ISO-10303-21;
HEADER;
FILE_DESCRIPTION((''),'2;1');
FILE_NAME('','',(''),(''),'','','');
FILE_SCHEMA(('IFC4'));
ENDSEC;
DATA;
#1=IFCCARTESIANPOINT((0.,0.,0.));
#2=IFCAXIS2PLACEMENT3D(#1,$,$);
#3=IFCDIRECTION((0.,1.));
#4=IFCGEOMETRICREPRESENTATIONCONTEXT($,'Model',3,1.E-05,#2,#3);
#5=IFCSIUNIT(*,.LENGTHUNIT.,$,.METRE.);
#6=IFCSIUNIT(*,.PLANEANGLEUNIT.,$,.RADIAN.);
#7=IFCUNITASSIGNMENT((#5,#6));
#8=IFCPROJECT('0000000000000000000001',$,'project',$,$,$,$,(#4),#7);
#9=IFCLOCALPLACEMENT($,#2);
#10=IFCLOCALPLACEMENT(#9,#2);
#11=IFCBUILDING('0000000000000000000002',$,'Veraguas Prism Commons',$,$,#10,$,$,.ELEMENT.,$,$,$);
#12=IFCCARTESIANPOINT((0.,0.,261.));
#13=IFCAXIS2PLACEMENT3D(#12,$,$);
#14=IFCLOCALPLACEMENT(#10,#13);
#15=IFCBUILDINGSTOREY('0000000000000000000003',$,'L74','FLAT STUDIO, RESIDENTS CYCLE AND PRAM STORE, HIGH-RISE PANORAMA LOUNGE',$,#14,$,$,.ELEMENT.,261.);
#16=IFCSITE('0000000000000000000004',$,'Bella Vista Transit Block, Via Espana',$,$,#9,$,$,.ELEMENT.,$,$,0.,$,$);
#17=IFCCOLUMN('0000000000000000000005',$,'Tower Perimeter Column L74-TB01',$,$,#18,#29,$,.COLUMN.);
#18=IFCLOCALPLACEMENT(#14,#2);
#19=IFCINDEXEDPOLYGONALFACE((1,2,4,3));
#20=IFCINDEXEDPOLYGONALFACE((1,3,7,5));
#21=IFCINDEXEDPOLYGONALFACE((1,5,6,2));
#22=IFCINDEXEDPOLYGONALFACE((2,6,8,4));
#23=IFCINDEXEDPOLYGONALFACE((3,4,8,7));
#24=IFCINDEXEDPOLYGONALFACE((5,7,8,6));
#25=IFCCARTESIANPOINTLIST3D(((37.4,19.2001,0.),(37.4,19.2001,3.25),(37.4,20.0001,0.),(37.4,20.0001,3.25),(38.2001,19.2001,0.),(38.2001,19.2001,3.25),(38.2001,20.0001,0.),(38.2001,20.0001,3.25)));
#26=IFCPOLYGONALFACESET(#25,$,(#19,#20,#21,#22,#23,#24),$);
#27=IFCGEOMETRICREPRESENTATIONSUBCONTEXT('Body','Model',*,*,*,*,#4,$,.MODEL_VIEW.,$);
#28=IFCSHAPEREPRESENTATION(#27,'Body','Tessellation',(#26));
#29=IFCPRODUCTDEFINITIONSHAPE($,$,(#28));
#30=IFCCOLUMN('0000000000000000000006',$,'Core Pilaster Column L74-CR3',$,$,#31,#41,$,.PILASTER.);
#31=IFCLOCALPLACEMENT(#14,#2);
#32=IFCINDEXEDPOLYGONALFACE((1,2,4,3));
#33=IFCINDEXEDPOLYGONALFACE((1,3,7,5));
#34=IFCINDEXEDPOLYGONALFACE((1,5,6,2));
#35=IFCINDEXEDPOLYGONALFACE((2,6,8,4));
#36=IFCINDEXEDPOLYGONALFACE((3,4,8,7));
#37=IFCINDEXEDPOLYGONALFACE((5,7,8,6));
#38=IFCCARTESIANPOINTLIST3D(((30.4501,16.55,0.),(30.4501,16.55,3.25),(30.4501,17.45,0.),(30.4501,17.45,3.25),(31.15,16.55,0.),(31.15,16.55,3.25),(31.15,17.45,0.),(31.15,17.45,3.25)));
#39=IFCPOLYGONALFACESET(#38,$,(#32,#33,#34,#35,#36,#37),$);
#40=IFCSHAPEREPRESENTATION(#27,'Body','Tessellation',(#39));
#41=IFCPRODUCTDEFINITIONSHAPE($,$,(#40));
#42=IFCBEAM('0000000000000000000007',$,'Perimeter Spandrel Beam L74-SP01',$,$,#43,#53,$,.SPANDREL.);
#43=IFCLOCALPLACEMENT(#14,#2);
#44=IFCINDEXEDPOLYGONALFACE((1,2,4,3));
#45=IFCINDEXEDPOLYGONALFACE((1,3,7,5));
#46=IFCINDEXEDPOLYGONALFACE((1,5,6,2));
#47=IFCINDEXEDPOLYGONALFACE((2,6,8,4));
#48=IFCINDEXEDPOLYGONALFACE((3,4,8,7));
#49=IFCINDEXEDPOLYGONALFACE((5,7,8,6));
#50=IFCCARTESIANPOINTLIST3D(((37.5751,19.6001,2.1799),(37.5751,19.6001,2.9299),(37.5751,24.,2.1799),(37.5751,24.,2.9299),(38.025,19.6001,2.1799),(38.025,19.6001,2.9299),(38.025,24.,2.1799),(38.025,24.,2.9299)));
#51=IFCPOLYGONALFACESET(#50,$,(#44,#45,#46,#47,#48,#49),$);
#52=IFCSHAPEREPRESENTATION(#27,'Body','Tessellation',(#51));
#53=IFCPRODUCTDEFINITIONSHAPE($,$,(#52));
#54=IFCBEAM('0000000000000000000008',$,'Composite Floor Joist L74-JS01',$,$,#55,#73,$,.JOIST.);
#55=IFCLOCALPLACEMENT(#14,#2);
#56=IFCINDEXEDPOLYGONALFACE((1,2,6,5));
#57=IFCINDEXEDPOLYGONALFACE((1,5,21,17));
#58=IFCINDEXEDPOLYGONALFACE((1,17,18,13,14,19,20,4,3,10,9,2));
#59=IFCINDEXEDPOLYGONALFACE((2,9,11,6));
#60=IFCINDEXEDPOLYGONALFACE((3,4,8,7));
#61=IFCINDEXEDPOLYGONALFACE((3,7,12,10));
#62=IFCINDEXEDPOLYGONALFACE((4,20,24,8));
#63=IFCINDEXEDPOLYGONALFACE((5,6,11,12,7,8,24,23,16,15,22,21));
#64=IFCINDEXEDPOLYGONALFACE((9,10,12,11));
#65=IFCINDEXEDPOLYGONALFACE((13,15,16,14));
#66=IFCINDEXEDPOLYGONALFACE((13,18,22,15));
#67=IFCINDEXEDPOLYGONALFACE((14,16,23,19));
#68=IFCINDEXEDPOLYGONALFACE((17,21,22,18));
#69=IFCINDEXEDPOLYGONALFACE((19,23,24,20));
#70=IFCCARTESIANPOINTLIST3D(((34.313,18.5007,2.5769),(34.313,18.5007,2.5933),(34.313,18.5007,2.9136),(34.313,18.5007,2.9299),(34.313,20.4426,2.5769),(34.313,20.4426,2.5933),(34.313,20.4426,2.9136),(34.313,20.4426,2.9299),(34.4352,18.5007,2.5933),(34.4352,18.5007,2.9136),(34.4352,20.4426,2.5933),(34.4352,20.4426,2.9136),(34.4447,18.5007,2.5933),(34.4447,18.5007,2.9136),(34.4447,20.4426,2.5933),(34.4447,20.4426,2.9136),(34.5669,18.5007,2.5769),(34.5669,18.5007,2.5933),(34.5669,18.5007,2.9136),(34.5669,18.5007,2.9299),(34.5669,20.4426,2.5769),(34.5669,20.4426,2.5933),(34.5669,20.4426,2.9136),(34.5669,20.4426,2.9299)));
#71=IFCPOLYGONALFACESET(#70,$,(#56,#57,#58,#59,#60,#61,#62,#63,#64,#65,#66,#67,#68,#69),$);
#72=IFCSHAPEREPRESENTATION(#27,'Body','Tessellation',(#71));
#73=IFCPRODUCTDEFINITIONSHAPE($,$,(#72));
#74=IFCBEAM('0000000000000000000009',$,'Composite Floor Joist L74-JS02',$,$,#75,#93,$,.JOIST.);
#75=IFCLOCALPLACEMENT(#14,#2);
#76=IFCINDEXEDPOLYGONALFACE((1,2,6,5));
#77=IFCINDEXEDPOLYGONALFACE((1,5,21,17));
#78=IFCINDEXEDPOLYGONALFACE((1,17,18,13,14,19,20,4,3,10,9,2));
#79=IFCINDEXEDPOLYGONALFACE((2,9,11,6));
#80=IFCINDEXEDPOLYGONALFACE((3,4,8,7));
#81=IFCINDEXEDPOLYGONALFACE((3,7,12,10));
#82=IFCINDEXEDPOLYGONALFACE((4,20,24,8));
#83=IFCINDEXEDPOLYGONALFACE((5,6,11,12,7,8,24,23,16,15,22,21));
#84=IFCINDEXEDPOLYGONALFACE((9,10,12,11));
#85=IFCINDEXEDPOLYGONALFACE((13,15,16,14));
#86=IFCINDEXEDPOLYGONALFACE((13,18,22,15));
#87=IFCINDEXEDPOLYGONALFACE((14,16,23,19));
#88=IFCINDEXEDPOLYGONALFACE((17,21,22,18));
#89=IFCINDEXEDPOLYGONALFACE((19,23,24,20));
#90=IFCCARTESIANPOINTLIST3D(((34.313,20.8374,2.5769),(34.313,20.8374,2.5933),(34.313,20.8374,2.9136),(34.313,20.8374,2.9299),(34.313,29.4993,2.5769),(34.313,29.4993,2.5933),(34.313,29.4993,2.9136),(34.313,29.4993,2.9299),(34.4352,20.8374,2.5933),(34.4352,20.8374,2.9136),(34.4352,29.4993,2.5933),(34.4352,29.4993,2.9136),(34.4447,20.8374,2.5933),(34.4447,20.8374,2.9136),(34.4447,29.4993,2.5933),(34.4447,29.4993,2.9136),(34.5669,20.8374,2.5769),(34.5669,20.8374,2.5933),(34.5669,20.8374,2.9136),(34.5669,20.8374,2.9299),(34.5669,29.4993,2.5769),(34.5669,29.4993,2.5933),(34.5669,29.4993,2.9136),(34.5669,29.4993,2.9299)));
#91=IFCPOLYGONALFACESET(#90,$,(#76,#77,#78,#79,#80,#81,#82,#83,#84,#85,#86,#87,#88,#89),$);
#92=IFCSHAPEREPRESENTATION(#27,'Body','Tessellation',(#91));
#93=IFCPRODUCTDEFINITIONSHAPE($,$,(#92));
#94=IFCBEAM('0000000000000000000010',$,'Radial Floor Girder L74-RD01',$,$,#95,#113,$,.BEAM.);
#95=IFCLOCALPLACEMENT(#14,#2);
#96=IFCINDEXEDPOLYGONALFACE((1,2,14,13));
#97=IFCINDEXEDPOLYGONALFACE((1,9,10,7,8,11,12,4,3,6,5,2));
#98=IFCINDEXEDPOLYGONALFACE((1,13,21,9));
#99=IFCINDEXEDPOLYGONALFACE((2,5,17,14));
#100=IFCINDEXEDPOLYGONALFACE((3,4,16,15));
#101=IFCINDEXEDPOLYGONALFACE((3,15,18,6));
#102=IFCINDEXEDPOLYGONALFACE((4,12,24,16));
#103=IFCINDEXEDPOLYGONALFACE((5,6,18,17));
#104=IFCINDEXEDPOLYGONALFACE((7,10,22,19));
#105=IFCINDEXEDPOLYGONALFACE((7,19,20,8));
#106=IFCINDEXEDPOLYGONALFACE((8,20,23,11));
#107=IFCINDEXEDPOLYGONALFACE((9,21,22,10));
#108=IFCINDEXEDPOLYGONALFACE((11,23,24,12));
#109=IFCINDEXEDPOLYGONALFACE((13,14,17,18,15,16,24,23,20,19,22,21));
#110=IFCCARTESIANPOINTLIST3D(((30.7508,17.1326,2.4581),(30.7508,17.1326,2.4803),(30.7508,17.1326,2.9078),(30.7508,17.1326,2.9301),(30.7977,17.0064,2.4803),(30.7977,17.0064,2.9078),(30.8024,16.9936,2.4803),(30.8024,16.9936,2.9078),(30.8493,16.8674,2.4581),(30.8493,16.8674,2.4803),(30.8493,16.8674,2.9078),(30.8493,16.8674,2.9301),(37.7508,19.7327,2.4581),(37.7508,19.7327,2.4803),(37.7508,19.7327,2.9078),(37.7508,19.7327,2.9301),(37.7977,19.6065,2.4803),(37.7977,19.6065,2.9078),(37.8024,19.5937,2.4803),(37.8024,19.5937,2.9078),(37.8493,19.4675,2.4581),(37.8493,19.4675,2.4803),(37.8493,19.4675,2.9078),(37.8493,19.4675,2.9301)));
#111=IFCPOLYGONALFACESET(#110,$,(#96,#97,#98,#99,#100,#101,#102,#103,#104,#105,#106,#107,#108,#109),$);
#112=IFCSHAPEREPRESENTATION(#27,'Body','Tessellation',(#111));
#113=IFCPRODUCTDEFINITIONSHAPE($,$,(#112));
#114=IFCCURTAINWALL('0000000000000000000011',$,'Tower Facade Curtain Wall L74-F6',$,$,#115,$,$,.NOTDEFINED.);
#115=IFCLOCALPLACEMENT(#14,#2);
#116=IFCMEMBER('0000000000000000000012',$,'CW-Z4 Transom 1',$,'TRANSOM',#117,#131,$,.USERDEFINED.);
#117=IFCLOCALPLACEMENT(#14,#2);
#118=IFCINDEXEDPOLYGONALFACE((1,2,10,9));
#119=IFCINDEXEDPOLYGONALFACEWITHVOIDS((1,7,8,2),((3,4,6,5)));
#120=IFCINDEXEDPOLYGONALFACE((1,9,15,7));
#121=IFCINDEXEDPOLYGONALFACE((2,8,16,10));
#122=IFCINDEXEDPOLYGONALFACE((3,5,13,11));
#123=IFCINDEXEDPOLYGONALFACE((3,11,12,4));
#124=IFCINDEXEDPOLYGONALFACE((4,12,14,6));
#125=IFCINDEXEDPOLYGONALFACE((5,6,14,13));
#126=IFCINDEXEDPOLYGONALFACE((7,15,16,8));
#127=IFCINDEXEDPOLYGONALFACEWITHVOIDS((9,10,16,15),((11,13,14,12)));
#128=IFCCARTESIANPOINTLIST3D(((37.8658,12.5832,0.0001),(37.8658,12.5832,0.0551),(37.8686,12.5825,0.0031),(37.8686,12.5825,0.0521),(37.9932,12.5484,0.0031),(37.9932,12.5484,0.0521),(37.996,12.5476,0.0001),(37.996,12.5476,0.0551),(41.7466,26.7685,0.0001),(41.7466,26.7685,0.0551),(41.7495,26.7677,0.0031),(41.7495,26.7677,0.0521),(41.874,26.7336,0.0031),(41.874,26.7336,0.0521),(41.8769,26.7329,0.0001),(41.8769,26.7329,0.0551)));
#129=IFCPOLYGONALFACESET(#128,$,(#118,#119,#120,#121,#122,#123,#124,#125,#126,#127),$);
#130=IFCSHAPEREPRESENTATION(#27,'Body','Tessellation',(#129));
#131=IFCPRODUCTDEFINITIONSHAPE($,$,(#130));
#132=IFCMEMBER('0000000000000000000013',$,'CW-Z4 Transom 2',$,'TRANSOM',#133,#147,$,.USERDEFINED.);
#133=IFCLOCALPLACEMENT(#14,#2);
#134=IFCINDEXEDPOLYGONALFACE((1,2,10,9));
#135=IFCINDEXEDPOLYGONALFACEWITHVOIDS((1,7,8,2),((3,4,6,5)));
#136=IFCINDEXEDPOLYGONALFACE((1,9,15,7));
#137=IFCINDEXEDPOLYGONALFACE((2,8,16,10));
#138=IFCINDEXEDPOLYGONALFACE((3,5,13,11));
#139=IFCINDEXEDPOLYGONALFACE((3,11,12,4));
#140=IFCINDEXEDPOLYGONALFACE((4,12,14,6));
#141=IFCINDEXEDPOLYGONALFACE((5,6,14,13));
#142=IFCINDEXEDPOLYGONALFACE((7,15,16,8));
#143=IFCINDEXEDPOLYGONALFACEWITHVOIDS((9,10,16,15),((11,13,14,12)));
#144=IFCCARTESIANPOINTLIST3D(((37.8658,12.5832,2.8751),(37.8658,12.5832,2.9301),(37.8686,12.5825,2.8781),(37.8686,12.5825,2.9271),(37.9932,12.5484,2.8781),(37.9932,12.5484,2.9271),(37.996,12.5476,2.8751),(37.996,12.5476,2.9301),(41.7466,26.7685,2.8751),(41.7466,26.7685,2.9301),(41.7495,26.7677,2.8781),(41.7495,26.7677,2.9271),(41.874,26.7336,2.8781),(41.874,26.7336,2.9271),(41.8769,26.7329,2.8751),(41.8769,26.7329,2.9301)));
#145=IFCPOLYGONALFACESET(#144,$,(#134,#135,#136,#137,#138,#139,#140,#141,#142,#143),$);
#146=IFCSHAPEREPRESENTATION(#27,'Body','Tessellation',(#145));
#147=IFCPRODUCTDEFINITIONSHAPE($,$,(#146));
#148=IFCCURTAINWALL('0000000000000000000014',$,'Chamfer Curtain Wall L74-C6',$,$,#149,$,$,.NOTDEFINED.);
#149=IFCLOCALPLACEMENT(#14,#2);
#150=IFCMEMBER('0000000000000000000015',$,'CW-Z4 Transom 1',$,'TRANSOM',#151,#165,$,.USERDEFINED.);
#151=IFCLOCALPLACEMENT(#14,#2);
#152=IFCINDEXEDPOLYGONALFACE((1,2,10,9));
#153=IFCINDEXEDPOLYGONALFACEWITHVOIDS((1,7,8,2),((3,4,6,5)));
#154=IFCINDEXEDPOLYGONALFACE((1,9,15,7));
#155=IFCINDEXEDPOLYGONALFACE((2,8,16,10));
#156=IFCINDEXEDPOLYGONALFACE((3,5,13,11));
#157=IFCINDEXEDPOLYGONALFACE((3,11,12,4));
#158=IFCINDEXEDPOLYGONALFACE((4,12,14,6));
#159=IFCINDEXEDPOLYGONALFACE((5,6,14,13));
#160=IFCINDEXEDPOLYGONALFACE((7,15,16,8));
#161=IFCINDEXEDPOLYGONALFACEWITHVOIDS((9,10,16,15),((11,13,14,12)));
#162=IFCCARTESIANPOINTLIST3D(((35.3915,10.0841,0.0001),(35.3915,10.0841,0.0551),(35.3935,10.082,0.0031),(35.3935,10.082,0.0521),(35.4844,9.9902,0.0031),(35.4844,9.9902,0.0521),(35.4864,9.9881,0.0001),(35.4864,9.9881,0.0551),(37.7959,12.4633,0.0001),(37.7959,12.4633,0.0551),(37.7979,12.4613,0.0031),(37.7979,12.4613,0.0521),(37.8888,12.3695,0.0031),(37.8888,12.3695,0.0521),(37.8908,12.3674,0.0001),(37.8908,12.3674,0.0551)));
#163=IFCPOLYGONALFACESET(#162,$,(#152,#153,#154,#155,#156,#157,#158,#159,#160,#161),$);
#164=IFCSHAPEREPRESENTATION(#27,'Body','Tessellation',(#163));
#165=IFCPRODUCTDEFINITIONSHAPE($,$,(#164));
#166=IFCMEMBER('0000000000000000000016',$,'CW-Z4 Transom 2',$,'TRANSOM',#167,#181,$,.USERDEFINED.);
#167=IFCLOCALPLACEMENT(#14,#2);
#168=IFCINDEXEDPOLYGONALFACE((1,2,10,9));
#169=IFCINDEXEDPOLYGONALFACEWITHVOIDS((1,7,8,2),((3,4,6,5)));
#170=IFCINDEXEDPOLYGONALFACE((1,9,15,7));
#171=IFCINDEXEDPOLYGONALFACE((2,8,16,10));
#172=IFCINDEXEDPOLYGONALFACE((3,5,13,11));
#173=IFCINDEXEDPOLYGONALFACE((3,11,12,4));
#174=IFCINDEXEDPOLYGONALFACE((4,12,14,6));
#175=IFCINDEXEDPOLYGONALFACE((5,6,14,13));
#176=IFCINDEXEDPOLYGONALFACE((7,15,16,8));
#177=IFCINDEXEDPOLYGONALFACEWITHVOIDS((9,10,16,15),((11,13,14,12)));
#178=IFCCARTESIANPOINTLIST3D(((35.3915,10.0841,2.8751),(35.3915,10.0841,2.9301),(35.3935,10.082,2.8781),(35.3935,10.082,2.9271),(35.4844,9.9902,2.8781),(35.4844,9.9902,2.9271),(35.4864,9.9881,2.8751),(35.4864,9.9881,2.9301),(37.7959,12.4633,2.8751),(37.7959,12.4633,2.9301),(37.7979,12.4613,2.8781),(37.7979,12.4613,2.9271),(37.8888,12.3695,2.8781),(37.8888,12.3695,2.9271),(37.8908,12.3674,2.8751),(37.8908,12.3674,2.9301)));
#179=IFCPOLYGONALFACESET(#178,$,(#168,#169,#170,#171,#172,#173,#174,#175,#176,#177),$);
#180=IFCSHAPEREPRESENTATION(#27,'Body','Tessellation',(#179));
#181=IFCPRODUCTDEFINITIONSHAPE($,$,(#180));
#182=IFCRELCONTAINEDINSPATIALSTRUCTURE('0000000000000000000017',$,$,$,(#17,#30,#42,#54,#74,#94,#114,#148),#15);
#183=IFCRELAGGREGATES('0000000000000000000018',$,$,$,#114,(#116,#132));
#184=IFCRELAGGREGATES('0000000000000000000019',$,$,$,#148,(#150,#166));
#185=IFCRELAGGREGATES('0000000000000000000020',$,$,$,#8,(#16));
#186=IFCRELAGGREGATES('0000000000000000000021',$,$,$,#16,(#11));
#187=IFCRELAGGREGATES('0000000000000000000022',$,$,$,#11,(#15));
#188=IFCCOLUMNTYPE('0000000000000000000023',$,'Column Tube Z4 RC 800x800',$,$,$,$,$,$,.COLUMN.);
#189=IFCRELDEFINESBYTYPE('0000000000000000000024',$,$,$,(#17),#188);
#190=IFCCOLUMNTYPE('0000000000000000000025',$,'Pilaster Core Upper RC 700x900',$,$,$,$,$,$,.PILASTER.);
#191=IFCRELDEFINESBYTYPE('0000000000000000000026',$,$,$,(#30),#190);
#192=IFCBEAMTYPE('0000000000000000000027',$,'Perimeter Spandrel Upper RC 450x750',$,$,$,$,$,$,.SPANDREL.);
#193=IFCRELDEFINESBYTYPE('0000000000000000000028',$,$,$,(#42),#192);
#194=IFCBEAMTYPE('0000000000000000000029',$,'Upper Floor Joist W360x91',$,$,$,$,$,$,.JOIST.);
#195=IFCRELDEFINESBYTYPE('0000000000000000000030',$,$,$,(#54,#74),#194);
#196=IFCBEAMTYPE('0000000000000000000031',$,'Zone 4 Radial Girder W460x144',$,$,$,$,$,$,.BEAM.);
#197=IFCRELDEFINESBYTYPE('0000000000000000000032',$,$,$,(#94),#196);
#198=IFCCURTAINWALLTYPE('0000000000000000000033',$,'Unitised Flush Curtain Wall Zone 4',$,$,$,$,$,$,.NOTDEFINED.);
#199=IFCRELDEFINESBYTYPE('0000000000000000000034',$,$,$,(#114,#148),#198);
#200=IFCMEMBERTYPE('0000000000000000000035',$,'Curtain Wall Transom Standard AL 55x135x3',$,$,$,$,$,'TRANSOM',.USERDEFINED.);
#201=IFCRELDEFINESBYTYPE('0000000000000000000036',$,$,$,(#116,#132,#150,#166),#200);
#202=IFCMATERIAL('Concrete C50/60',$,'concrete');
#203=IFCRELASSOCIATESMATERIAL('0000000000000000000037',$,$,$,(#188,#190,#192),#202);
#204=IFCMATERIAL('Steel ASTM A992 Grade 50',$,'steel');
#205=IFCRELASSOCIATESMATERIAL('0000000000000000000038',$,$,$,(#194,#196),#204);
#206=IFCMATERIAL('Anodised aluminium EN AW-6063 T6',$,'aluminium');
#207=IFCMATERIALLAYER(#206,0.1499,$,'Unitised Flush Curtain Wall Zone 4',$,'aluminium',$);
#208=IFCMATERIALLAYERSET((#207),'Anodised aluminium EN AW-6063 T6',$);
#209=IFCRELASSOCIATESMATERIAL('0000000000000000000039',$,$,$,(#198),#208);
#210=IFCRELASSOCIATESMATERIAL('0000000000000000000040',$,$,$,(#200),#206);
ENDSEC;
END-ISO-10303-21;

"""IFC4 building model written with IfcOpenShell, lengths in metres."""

from ifc_helpers import new_model, si_unit, direction, frame, origin, origin_2d, place, context, subcontext, project, spatial, rectangle, hollow_rectangle, i_section, extrude, source, transform, mapped, material, layer, layer_set, material_profile, profile_set, type_object, element, aggregate, save


model = new_model("IFC4")

# Units and contexts
model_context = context("Model", 3, precision=1e-05, world=origin(), true_north=direction((0.0, 1.0)))
body_context = subcontext(model_context, "Body", "Model", "MODEL_VIEW")
ifc_project = project(units=[si_unit("LENGTHUNIT", "METRE"), si_unit("PLANEANGLEUNIT", "RADIAN")], contexts=[model_context])

# Site, building, storey
site_placement = place(None, origin())
site = spatial("IfcSite", under=ifc_project, at=site_placement, Name="Bella Vista Transit Block, Via Espana", CompositionType="ELEMENT", RefElevation=0.0)
building_placement = place(site_placement, origin())
building = spatial("IfcBuilding", under=site, at=building_placement, Name="Veraguas Prism Commons", CompositionType="ELEMENT")
storey_placement = place(building_placement, frame((0.0, 0.0, 261.0)))
storey = spatial("IfcBuildingStorey", under=building, at=storey_placement, Name="L74", Description="FLAT STUDIO, RESIDENTS CYCLE AND PRAM STORE, HIGH-RISE PANORAMA LOUNGE", CompositionType="ELEMENT", Elevation=261.0)

# Columns
ifc_material_1 = material(Name="Concrete C50/60", Category="concrete")
ifc_material_profile_1 = material_profile(ifc_material_1, rectangle(XDim=0.8, YDim=0.8, at=origin_2d()), Name="RC800X800")
ifc_profile_set_1 = profile_set([ifc_material_profile_1], Name="Concrete C50/60")
column_type_1 = type_object("IfcColumnType", Name="Column Tube Z4 RC 800x800", PredefinedType="COLUMN", material=ifc_profile_set_1)
column_1_placement = place(storey_placement, frame((37.8, 19.6001, 0.0), z_axis=(0.0, 0.0, 1.0), x_axis=(1.0, 0.0, 0.0)))
element("IfcColumn", 1, at=column_1_placement, inside=storey, type_object=column_type_1, Name="Tower Perimeter Column L74-TB01", PredefinedType="COLUMN", context=body_context, shape_type="SweptSolid", body=[
    extrude(rectangle(XDim=0.8, YDim=0.8, at=origin_2d()), origin(), (0.0, 0.0, 1.0), 3.25),
])
ifc_material_profile_2 = material_profile(ifc_material_1, rectangle(XDim=0.7, YDim=0.8999, at=origin_2d()), Name="RC700X900")
ifc_profile_set_2 = profile_set([ifc_material_profile_2], Name="Concrete C50/60")
column_type_2 = type_object("IfcColumnType", Name="Pilaster Core Upper RC 700x900", PredefinedType="PILASTER", material=ifc_profile_set_2)
column_2_placement = place(storey_placement, frame((30.8, 17.0, 0.0), z_axis=(0.0, 0.0, 1.0), x_axis=(1.0, 0.0, 0.0)))
element("IfcColumn", 2, at=column_2_placement, inside=storey, type_object=column_type_2, Name="Core Pilaster Column L74-CR3", PredefinedType="PILASTER", context=body_context, shape_type="SweptSolid", body=[
    extrude(rectangle(XDim=0.7, YDim=0.8999, at=origin_2d()), origin(), (0.0, 0.0, 1.0), 3.25),
])

# Beams
ifc_material_profile_3 = material_profile(ifc_material_1, rectangle(XDim=0.45, YDim=0.75, at=origin_2d()), Name="RC450X750")
ifc_profile_set_3 = profile_set([ifc_material_profile_3], Name="Concrete C50/60")
beam_type_1 = type_object("IfcBeamType", Name="Perimeter Spandrel Upper RC 450x750", PredefinedType="SPANDREL", material=ifc_profile_set_3)
beam_1_placement = place(storey_placement, frame((37.8, 19.6001, 2.5549), z_axis=(0.0, 1.0, 0.0), x_axis=(-1.0, 0.0, 0.0)))
element("IfcBeam", 3, at=beam_1_placement, inside=storey, type_object=beam_type_1, Name="Perimeter Spandrel Beam L74-SP01", PredefinedType="SPANDREL", context=body_context, shape_type="SweptSolid", body=[
    extrude(rectangle(XDim=0.45, YDim=0.75, at=origin_2d()), origin(), (0.0, 0.0, 1.0), 4.3999),
])
ifc_material_2 = material(Name="Steel ASTM A992 Grade 50", Category="steel")
ifc_material_profile_4 = material_profile(ifc_material_2, i_section(OverallWidth=0.2539, OverallDepth=0.353, WebThickness=0.0095, FlangeThickness=0.0164, at=origin_2d()), Name="W360X91")
ifc_profile_set_4 = profile_set([ifc_material_profile_4], Name="Steel ASTM A992 Grade 50")
beam_type_2 = type_object("IfcBeamType", Name="Upper Floor Joist W360x91", PredefinedType="JOIST", material=ifc_profile_set_4)
beam_2_placement = place(storey_placement, frame((34.4399, 18.5007, 2.7534), z_axis=(0.0, 1.0, 0.0), x_axis=(-1.0, 0.0, 0.0)))
element("IfcBeam", 4, at=beam_2_placement, inside=storey, type_object=beam_type_2, Name="Composite Floor Joist L74-JS01", PredefinedType="JOIST", context=body_context, shape_type="SweptSolid", body=[
    extrude(i_section(OverallWidth=0.2539, OverallDepth=0.353, WebThickness=0.0095, FlangeThickness=0.0164, at=origin_2d()), origin(), (0.0, 0.0, 1.0), 1.9419),
])
beam_3_placement = place(storey_placement, frame((34.4399, 20.8374, 2.7534), z_axis=(0.0, 1.0, 0.0), x_axis=(-1.0, 0.0, 0.0)))
element("IfcBeam", 5, at=beam_3_placement, inside=storey, type_object=beam_type_2, Name="Composite Floor Joist L74-JS02", PredefinedType="JOIST", context=body_context, shape_type="SweptSolid", body=[
    extrude(i_section(OverallWidth=0.2539, OverallDepth=0.353, WebThickness=0.0095, FlangeThickness=0.0164, at=origin_2d()), origin(), (0.0, 0.0, 1.0), 8.6619),
])
ifc_material_profile_5 = material_profile(ifc_material_2, i_section(OverallWidth=0.283, OverallDepth=0.4719, WebThickness=0.0137, FlangeThickness=0.0222, at=origin_2d()), Name="W460X144")
ifc_profile_set_5 = profile_set([ifc_material_profile_5], Name="Steel ASTM A992 Grade 50")
beam_type_3 = type_object("IfcBeamType", Name="Zone 4 Radial Girder W460x144", PredefinedType="BEAM", material=ifc_profile_set_5)
beam_4_placement = place(storey_placement, frame((37.8, 19.6001, 2.6941), z_axis=(-0.937421, -0.348198, 0.0), x_axis=(0.348198, -0.937421, 0.0)))
element("IfcBeam", 6, at=beam_4_placement, inside=storey, type_object=beam_type_3, Name="Radial Floor Girder L74-RD01", PredefinedType="BEAM", context=body_context, shape_type="SweptSolid", body=[
    extrude(i_section(OverallWidth=0.283, OverallDepth=0.4719, WebThickness=0.0137, FlangeThickness=0.0222, at=origin_2d()), origin(), (0.0, 0.0, 1.0), 7.4673),
])

# Curtain walls, members
ifc_material_3 = material(Name="Anodised aluminium EN AW-6063 T6", Category="aluminium")
ifc_layer_1 = layer(ifc_material_3, 0.1499, Name="Unitised Flush Curtain Wall Zone 4", Category="aluminium")
ifc_layer_set_1 = layer_set([ifc_layer_1], Name="Anodised aluminium EN AW-6063 T6")
curtain_wall_type = type_object("IfcCurtainWallType", Name="Unitised Flush Curtain Wall Zone 4", PredefinedType="NOTDEFINED", material=ifc_layer_set_1)
curtain_wall_1_placement = place(storey_placement, origin())
curtain_wall_1 = element("IfcCurtainWall", 7, at=curtain_wall_1_placement, inside=storey, type_object=curtain_wall_type, Name="Tower Facade Curtain Wall L74-F6", PredefinedType="NOTDEFINED")
ifc_material_profile_6 = material_profile(ifc_material_3, hollow_rectangle(XDim=0.0549, YDim=0.135, WallThickness=0.0029, at=origin_2d()), Name="AL55X135X3")
ifc_profile_set_6 = profile_set([ifc_material_profile_6], Name="Anodised aluminium EN AW-6063 T6")
member_type_1 = type_object("IfcMemberType", Name="Curtain Wall Transom Standard AL 55x135x3", ElementType="TRANSOM", PredefinedType="USERDEFINED", material=ifc_profile_set_6)
shared_shape_1 = source(origin(), body_context, "Body", "SweptSolid", [
    extrude(hollow_rectangle(XDim=0.0549, YDim=0.135, WallThickness=0.0029, at=origin_2d()), origin(), (0.0, 0.0, 1.0), 14.7065),
])
member_1_placement = place(storey_placement, frame((37.9309, 12.5654, 0.0276), z_axis=(0.263886, 0.964554, 0.0), x_axis=(0.0, 0.0, 1.0)))
member_1 = element("IfcMember", 8, at=member_1_placement, type_object=member_type_1, Name="CW-Z4 Transom 1", ObjectType="TRANSOM", PredefinedType="USERDEFINED", context=body_context, shape_type="MappedRepresentation", body=[
    mapped(shared_shape_1, transform((0.0, 0.0, 0.0), scale=1.0)),
])
member_2_placement = place(storey_placement, frame((37.9309, 12.5654, 2.9026), z_axis=(0.263886, 0.964554, 0.0), x_axis=(0.0, 0.0, 1.0)))
member_2 = element("IfcMember", 9, at=member_2_placement, type_object=member_type_1, Name="CW-Z4 Transom 2", ObjectType="TRANSOM", PredefinedType="USERDEFINED", context=body_context, shape_type="MappedRepresentation", body=[
    mapped(shared_shape_1, transform((0.0, 0.0, 0.0), scale=1.0)),
])
curtain_wall_2_placement = place(storey_placement, origin())
curtain_wall_2 = element("IfcCurtainWall", 10, at=curtain_wall_2_placement, inside=storey, type_object=curtain_wall_type, Name="Chamfer Curtain Wall L74-C6", PredefinedType="NOTDEFINED")
shared_shape_2 = source(origin(), body_context, "Body", "SweptSolid", [
    extrude(hollow_rectangle(XDim=0.0549, YDim=0.135, WallThickness=0.0029, at=origin_2d()), origin(), (0.0, 0.0, 1.0), 3.3826),
])
member_3_placement = place(storey_placement, frame((35.439, 10.0361, 0.0276), z_axis=(0.710814, 0.70338, 0.0), x_axis=(0.0, 0.0, 1.0)))
member_3 = element("IfcMember", 11, at=member_3_placement, type_object=member_type_1, Name="CW-Z4 Transom 1", ObjectType="TRANSOM", PredefinedType="USERDEFINED", context=body_context, shape_type="MappedRepresentation", body=[
    mapped(shared_shape_2, transform((0.0, 0.0, 0.0), scale=1.0)),
])
member_4_placement = place(storey_placement, frame((35.439, 10.0361, 2.9026), z_axis=(0.710814, 0.70338, 0.0), x_axis=(0.0, 0.0, 1.0)))
member_4 = element("IfcMember", 12, at=member_4_placement, type_object=member_type_1, Name="CW-Z4 Transom 2", ObjectType="TRANSOM", PredefinedType="USERDEFINED", context=body_context, shape_type="MappedRepresentation", body=[
    mapped(shared_shape_2, transform((0.0, 0.0, 0.0), scale=1.0)),
])

aggregate(curtain_wall_1, [member_1, member_2])
aggregate(curtain_wall_2, [member_3, member_4])

save(model, "model.ifc")
